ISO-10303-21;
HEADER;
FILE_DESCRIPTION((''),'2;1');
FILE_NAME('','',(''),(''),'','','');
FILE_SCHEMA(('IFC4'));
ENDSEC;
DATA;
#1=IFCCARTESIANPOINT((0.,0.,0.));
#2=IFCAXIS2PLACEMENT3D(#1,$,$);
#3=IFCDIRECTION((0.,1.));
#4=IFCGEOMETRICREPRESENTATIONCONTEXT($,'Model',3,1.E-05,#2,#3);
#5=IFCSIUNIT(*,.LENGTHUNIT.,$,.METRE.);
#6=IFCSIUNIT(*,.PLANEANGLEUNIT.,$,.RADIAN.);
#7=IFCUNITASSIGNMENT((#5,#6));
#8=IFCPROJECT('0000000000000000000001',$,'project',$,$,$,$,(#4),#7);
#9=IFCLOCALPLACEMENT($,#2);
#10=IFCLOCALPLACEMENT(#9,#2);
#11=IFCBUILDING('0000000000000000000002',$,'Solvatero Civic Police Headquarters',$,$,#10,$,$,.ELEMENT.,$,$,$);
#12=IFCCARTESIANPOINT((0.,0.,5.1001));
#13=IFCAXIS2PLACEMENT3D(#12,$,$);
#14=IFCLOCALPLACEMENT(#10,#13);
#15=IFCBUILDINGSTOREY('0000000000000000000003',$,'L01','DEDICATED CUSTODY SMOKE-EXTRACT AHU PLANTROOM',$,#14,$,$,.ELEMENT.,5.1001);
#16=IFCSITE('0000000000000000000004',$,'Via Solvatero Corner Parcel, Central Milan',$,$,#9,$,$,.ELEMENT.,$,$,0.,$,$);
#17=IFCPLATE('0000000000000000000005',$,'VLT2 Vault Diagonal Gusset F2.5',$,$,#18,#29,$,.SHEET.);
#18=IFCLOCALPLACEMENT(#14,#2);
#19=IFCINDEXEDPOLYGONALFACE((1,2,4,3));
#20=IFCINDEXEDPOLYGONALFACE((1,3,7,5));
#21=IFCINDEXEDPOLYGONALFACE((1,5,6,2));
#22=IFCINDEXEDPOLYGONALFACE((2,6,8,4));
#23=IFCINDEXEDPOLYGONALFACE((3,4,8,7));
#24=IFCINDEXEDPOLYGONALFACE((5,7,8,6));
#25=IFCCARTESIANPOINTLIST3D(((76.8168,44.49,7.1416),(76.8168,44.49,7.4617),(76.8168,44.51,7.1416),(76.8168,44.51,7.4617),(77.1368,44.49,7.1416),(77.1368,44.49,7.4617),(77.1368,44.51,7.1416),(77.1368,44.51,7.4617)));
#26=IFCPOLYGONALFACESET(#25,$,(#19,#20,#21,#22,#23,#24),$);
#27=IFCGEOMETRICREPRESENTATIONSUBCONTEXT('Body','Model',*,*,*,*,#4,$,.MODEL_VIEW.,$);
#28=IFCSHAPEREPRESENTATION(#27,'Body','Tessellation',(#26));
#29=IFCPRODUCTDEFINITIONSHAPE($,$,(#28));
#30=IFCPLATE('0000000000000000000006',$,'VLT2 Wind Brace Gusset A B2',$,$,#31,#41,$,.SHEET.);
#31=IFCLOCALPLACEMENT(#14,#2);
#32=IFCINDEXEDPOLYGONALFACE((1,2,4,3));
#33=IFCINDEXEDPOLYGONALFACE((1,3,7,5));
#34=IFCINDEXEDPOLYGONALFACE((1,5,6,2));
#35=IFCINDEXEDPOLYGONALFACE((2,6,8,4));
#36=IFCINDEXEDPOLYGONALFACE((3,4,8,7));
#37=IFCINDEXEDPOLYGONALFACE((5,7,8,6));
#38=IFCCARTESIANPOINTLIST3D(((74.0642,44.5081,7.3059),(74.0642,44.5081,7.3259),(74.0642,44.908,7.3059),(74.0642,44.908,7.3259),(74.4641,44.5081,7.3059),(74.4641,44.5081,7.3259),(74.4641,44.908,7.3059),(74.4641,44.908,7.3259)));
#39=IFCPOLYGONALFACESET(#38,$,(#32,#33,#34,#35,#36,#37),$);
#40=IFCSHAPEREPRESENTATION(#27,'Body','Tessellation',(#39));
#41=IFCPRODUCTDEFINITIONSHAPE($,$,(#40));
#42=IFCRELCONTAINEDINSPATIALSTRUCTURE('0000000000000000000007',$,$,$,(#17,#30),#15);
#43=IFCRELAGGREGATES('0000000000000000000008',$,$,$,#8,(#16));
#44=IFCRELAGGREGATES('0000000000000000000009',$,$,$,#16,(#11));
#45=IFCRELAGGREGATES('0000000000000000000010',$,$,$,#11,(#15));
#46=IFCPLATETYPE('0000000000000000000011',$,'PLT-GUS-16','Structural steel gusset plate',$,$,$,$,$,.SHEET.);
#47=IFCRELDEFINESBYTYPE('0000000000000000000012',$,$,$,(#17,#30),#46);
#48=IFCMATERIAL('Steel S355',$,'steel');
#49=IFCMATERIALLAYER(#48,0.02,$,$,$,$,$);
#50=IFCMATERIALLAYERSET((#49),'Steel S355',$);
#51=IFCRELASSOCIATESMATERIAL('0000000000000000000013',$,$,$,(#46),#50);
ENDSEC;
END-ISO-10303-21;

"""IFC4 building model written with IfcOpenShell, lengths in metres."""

from ifc_helpers import new_model, si_unit, direction, frame, origin, origin_2d, place, context, subcontext, project, spatial, rectangle, extrude, material, layer, layer_set, type_object, element, save


model = new_model("IFC4")

# Units and contexts
model_context = context("Model", 3, precision=1e-05, world=origin(), true_north=direction((0.0, 1.0)))
body_context = subcontext(model_context, "Body", "Model", "MODEL_VIEW")
ifc_project = project(units=[si_unit("LENGTHUNIT", "METRE"), si_unit("PLANEANGLEUNIT", "RADIAN")], contexts=[model_context])

# Site, building, storey
site_placement = place(None, origin())
site = spatial("IfcSite", under=ifc_project, at=site_placement, Name="Via Solvatero Corner Parcel, Central Milan", CompositionType="ELEMENT", RefElevation=0.0)
building_placement = place(site_placement, origin())
building = spatial("IfcBuilding", under=site, at=building_placement, Name="Solvatero Civic Police Headquarters", CompositionType="ELEMENT")
storey_placement = place(building_placement, frame((0.0, 0.0, 5.1001)))
storey = spatial("IfcBuildingStorey", under=building, at=storey_placement, Name="L01", Description="DEDICATED CUSTODY SMOKE-EXTRACT AHU PLANTROOM", CompositionType="ELEMENT", Elevation=5.1001)

# Shared definitions
ifc_material_1 = material(Name="Steel S355", Category="steel")

# Plates
ifc_layer_1 = layer(ifc_material_1, 0.02)
ifc_layer_set_1 = layer_set([ifc_layer_1], Name="Steel S355")
plate_type_1 = type_object("IfcPlateType", Name="PLT-GUS-16", Description="Structural steel gusset plate", PredefinedType="SHEET", material=ifc_layer_set_1)
for number, where, z_axis, x_axis, name in (
    (1, (76.9768, 44.5, 7.1416), (0.0, 0.0, 1.0), (1.0, 0.0, 0.0), "VLT2 Vault Diagonal Gusset F2.5"),
):
    element("IfcPlate", number, at=place(storey_placement, frame(where, z_axis=z_axis, x_axis=x_axis)), inside=storey, type_object=plate_type_1, Name=name, PredefinedType="SHEET", context=body_context, shape_type="SweptSolid", body=[
        extrude(rectangle(XDim=0.3201, YDim=0.02, at=origin_2d()), origin(), (0.0, 0.0, 1.0), 0.3201),
    ])
plate_1_placement = place(storey_placement, frame((74.2642, 44.708, 7.3059), z_axis=(0.0, 0.0, 1.0), x_axis=(1.0, 0.0, 0.0)))
element("IfcPlate", 2, at=plate_1_placement, inside=storey, type_object=plate_type_1, Name="VLT2 Wind Brace Gusset A B2", PredefinedType="SHEET", context=body_context, shape_type="SweptSolid", body=[
    extrude(rectangle(XDim=0.3999, YDim=0.3999, at=origin_2d()), origin(), (0.0, 0.0, 1.0), 0.02),
])

save(model, "model.ifc")
